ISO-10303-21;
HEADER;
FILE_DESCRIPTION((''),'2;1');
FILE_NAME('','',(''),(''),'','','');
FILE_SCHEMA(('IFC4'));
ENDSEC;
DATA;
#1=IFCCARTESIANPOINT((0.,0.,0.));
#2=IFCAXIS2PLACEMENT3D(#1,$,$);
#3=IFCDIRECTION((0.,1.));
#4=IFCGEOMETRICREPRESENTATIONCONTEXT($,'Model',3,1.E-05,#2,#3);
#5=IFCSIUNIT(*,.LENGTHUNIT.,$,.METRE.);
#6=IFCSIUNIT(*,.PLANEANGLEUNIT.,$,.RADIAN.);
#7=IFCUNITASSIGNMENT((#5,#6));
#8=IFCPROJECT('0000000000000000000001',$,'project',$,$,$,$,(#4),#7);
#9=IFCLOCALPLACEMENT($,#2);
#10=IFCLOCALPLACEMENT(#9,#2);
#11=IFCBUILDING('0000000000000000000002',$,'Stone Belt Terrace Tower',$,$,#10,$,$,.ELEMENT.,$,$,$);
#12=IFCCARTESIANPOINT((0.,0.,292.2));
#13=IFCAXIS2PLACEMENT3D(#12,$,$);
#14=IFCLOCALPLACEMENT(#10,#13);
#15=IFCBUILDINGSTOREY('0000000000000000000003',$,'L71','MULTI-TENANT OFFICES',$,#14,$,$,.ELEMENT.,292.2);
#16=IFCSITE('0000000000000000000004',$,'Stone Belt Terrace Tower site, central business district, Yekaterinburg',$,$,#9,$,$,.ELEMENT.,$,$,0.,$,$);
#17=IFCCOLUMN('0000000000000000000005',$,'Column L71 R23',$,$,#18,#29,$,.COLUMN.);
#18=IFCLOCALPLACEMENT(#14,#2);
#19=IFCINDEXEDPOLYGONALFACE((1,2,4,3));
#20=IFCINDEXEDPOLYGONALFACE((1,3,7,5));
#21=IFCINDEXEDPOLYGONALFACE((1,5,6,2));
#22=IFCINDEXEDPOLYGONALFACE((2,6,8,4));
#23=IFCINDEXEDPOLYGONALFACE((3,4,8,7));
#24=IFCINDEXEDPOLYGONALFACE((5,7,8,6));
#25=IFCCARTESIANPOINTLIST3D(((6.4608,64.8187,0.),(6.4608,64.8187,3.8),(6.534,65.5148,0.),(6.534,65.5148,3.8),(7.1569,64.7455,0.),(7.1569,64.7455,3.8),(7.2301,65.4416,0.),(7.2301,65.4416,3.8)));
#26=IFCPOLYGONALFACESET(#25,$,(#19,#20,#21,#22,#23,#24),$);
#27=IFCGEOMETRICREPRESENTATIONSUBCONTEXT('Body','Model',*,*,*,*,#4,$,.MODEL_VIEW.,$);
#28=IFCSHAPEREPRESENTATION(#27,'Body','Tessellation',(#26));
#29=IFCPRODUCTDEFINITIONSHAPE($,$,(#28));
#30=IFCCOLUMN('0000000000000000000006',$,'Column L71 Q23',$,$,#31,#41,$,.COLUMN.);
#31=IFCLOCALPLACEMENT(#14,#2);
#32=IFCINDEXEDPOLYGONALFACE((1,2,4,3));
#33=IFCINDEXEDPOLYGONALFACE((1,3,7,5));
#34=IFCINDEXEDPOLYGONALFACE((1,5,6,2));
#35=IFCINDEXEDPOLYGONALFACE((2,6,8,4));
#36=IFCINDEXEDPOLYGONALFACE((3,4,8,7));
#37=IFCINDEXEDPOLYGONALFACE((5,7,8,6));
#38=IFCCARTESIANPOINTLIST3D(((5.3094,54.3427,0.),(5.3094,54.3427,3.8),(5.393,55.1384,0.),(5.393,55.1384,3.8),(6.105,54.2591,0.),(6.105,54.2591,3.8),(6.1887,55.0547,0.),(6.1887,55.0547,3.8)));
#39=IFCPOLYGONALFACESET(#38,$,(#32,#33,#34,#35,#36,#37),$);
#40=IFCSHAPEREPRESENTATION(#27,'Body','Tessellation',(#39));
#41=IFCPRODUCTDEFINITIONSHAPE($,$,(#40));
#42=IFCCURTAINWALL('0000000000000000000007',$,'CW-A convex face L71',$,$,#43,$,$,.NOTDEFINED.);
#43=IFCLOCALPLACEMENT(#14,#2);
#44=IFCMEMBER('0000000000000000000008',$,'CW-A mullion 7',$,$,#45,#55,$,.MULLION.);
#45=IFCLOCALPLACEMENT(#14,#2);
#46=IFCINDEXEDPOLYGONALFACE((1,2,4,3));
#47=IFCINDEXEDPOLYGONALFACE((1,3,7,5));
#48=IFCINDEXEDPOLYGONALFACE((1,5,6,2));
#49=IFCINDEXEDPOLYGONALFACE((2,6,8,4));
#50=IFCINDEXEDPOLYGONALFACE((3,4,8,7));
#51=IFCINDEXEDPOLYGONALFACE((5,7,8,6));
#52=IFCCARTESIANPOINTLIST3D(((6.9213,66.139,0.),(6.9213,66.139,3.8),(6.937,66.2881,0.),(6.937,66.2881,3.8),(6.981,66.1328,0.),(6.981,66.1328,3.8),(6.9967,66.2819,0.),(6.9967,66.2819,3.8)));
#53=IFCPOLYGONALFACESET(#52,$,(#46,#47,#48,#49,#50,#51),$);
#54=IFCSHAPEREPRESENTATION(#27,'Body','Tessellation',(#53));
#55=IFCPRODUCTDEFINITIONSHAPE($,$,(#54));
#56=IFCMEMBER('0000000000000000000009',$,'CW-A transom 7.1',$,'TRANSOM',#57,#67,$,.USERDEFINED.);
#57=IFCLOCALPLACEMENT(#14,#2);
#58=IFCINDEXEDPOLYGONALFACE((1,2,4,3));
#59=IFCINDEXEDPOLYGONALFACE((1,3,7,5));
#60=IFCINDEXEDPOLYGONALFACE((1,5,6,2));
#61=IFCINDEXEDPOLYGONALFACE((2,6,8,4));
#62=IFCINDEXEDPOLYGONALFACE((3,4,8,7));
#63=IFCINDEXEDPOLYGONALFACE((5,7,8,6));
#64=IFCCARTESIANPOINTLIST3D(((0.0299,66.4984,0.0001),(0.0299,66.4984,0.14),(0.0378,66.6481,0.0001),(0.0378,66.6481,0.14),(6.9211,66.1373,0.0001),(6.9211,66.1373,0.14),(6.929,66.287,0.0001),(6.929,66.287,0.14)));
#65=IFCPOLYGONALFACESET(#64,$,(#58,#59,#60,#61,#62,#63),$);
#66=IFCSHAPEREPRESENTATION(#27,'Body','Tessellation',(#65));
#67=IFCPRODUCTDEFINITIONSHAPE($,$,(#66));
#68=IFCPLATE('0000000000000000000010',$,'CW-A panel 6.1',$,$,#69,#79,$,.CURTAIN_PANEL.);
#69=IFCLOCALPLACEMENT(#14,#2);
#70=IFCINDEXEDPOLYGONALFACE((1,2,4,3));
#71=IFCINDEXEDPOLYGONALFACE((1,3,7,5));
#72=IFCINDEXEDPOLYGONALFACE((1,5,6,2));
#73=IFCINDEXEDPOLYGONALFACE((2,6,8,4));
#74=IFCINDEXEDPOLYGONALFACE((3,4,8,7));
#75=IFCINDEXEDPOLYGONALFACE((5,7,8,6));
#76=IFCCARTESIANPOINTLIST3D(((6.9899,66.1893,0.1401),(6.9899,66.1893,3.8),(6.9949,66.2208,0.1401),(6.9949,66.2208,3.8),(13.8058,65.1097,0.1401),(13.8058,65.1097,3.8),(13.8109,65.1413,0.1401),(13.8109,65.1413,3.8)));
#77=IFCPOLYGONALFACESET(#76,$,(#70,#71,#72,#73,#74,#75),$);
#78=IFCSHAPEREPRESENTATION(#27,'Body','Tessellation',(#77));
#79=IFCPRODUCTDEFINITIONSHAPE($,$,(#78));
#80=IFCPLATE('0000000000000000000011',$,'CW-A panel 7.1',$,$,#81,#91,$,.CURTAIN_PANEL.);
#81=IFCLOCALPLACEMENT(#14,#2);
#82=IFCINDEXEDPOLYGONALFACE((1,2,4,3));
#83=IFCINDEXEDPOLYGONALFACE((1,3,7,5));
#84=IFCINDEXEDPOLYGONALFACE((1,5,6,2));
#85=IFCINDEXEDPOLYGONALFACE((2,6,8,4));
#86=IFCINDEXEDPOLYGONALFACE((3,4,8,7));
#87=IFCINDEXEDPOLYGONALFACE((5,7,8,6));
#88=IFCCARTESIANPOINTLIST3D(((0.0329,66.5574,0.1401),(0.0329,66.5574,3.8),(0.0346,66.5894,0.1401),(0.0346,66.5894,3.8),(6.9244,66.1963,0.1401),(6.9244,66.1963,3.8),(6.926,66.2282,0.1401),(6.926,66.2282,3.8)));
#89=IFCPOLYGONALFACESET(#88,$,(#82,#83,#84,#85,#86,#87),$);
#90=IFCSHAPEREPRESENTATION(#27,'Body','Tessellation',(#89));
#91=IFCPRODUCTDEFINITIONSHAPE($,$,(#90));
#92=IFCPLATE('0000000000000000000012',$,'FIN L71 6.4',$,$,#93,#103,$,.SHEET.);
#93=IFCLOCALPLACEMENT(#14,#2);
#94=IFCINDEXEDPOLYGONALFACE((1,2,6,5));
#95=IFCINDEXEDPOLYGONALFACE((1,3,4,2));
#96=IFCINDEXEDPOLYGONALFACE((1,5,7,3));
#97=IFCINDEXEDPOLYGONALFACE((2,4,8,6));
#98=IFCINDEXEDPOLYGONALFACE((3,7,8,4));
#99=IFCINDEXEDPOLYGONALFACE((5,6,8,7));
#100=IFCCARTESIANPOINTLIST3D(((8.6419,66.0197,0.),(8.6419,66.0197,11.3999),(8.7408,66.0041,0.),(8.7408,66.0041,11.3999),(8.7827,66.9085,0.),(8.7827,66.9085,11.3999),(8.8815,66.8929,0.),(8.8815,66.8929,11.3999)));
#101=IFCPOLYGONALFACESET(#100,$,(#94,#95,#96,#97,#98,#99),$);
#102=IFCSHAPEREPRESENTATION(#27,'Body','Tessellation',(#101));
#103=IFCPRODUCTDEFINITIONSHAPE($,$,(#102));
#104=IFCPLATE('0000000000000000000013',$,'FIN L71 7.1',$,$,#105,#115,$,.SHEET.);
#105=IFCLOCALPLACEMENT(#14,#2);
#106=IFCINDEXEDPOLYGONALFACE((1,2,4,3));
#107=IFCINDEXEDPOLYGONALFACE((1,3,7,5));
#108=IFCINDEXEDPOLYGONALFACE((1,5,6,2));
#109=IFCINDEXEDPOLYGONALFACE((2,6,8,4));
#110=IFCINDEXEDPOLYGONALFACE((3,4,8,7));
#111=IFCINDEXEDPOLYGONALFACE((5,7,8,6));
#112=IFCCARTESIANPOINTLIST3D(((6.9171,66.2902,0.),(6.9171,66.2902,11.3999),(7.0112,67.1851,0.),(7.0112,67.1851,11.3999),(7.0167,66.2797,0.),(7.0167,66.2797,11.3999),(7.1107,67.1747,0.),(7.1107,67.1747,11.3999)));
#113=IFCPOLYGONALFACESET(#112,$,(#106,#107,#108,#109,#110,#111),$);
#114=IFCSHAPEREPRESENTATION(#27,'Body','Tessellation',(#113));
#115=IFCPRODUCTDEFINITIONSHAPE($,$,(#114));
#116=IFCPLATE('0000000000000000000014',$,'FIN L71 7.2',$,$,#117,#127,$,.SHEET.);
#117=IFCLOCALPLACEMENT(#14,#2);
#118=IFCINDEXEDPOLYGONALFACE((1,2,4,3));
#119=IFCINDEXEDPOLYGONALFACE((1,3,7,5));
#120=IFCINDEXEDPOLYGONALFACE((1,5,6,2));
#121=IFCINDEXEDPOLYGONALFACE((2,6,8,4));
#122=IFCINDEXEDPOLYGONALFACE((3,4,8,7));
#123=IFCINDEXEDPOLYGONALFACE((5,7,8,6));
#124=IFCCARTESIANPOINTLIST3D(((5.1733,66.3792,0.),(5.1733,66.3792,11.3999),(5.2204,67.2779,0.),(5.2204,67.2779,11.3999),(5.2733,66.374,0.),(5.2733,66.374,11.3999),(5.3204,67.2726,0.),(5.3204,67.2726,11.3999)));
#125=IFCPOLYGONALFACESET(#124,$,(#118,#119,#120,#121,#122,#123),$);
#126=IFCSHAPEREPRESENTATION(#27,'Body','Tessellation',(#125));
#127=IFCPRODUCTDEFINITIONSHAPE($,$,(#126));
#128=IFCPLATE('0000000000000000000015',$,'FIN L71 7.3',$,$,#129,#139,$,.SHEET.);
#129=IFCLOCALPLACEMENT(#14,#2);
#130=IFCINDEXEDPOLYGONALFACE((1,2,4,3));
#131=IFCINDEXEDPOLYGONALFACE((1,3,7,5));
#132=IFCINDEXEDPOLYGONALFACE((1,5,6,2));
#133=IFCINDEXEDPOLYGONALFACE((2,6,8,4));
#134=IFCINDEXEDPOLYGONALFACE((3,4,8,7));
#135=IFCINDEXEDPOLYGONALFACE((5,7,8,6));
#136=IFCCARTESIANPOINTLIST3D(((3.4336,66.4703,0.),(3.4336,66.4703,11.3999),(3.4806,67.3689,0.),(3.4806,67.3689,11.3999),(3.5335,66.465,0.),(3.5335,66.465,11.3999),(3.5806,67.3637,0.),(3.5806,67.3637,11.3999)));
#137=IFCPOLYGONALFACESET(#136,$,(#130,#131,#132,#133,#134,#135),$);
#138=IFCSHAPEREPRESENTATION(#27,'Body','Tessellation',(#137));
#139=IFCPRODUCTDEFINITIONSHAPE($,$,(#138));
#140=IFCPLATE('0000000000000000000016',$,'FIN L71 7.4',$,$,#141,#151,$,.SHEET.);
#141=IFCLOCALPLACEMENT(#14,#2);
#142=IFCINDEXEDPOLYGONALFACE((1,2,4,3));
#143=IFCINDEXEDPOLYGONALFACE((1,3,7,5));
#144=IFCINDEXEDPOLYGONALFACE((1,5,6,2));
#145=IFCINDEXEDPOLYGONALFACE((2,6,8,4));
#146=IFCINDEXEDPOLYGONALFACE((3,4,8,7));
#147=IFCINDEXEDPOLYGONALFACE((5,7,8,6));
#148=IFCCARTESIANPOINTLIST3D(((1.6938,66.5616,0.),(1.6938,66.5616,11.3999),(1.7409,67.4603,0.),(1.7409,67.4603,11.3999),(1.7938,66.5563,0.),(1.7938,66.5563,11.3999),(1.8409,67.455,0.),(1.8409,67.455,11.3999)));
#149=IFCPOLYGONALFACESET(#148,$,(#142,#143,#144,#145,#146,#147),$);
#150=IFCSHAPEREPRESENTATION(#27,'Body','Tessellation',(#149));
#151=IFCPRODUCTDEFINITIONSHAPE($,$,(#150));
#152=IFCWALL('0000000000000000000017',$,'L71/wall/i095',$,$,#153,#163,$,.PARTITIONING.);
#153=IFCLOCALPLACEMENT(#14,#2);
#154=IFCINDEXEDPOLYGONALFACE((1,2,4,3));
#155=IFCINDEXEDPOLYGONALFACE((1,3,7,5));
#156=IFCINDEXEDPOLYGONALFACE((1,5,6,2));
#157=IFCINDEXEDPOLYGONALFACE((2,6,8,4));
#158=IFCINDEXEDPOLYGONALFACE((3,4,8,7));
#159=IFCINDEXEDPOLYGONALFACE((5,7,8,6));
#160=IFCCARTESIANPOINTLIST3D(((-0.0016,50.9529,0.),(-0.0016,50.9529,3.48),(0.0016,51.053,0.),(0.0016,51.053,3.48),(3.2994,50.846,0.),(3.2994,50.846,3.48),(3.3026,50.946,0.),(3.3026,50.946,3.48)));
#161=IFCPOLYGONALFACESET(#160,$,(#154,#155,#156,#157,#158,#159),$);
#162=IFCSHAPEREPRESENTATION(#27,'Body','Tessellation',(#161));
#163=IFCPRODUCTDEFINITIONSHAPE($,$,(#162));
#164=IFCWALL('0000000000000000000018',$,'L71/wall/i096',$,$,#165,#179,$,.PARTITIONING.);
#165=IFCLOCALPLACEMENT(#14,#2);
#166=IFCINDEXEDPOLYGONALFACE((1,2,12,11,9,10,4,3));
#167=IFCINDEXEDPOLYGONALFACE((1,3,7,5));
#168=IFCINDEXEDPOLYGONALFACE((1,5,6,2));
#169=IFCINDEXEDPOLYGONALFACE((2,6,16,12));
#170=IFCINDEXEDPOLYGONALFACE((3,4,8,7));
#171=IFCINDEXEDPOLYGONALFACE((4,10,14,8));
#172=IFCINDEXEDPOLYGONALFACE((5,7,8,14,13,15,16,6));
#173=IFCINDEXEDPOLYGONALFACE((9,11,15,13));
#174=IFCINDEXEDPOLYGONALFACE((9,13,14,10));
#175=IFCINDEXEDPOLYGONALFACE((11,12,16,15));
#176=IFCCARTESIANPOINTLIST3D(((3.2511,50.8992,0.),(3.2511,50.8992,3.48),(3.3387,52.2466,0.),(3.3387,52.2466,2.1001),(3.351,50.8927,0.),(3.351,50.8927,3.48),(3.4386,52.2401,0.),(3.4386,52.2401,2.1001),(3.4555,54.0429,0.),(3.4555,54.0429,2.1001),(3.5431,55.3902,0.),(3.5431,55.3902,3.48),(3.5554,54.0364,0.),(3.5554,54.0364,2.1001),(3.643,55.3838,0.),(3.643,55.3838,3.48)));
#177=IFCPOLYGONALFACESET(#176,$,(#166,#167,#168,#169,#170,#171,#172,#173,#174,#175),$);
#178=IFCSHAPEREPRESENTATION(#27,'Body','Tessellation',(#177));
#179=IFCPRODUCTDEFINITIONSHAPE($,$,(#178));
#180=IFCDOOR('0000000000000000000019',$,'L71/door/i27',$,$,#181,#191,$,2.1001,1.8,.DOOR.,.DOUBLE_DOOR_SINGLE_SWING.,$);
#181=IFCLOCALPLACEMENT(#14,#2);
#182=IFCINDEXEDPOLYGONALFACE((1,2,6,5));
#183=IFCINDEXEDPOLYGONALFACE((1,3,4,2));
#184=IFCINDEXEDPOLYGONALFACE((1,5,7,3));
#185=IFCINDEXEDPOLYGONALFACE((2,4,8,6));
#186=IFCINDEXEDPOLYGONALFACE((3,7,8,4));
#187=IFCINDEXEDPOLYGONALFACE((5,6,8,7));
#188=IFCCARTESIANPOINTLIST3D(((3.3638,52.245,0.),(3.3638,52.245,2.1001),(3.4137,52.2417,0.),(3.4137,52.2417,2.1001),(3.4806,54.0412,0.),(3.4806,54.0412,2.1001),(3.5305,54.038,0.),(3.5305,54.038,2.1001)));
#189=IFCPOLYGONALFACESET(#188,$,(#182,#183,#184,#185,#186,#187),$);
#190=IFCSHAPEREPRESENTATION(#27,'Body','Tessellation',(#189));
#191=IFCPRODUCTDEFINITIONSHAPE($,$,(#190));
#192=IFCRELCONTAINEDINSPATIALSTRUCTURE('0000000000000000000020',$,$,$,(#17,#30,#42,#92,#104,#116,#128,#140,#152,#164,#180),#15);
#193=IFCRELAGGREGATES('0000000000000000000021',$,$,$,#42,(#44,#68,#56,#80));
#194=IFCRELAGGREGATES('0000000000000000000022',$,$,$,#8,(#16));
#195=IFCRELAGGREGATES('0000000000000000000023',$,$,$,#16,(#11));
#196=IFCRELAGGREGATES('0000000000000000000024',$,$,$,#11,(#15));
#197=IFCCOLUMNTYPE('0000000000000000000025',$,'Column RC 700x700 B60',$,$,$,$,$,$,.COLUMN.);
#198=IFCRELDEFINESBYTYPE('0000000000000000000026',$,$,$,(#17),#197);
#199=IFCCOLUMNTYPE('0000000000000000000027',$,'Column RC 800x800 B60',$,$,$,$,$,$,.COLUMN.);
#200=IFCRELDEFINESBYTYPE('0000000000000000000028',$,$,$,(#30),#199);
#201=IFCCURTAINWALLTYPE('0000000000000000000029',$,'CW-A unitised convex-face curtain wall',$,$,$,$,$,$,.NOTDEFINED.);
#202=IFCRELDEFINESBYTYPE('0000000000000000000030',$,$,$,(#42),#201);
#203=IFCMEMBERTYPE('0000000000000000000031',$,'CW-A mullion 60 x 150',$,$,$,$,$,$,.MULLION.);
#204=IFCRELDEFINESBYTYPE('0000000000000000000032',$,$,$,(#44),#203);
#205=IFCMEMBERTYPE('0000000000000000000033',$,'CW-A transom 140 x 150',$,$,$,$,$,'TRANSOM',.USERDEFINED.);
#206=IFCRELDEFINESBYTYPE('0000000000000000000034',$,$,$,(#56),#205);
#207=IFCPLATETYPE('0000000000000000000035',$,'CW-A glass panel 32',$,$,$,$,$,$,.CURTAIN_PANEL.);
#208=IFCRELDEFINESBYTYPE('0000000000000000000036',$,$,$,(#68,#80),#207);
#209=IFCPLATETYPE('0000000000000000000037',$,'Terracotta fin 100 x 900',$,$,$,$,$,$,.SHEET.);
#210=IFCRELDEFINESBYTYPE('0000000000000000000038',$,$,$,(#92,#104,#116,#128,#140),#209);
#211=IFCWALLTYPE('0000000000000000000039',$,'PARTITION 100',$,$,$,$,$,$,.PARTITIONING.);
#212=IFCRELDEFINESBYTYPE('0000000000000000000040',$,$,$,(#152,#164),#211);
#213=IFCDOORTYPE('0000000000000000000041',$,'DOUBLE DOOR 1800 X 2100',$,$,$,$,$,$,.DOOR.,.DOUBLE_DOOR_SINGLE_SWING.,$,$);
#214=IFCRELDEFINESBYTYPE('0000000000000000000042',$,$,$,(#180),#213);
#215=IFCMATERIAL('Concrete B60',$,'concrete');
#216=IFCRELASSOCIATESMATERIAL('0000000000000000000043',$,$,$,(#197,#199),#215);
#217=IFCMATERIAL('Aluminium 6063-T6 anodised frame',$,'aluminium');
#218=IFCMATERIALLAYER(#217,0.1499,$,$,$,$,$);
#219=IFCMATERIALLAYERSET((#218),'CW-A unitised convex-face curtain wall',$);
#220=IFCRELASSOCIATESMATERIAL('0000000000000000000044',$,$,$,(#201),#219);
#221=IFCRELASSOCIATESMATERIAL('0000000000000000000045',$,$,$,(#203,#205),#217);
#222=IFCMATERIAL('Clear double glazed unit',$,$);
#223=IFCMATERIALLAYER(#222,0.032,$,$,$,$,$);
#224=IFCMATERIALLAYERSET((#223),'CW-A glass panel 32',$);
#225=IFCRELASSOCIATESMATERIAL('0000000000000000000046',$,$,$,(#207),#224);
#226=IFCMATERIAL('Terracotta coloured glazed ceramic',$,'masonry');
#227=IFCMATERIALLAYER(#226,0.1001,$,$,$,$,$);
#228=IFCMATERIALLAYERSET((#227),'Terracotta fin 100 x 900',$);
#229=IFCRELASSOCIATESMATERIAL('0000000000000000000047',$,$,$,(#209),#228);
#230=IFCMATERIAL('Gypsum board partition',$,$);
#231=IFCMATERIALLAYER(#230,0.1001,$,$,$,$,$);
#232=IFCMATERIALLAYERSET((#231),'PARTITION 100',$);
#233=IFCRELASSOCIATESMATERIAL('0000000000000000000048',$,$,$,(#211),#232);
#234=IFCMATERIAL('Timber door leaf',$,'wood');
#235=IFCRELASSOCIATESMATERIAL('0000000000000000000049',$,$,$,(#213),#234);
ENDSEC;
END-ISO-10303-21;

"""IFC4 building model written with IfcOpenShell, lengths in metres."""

from ifc_helpers import new_model, si_unit, direction, frame, frame_2d, origin, origin_2d, place, context, subcontext, project, spatial, rectangle, extrude, material, layer, layer_set, material_profile, profile_set, type_object, element, fill, aggregate, save


model = new_model("IFC4")

# Units and contexts
model_context = context("Model", 3, precision=1e-05, world=origin(), true_north=direction((0.0, 1.0)))
body_context = subcontext(model_context, "Body", "Model", "MODEL_VIEW")
ifc_project = project(units=[si_unit("LENGTHUNIT", "METRE"), si_unit("PLANEANGLEUNIT", "RADIAN")], contexts=[model_context])

# Site, building, storey
site_placement = place(None, origin())
site = spatial("IfcSite", under=ifc_project, at=site_placement, Name="Stone Belt Terrace Tower site, central business district, Yekaterinburg", CompositionType="ELEMENT", RefElevation=0.0)
building_placement = place(site_placement, origin())
building = spatial("IfcBuilding", under=site, at=building_placement, Name="Stone Belt Terrace Tower", CompositionType="ELEMENT")
storey_placement = place(building_placement, frame((0.0, 0.0, 292.2)))
storey = spatial("IfcBuildingStorey", under=building, at=storey_placement, Name="L71", Description="MULTI-TENANT OFFICES", CompositionType="ELEMENT", Elevation=292.2)

# Columns
ifc_material_1 = material(Name="Concrete B60", Category="concrete")
ifc_material_profile_1 = material_profile(ifc_material_1, rectangle(XDim=0.7, YDim=0.7, at=origin_2d()), Name="RC 700x700")
ifc_profile_set_1 = profile_set([ifc_material_profile_1], Name="Concrete B60")
column_type_1 = type_object("IfcColumnType", Name="Column RC 700x700 B60", PredefinedType="COLUMN", material=ifc_profile_set_1)
column_1_placement = place(storey_placement, frame((6.8455, 65.1301, 0.0), z_axis=(0.0, 0.0, 1.0), x_axis=(0.994522, -0.104528, 0.0)))
element("IfcColumn", 1, at=column_1_placement, inside=storey, type_object=column_type_1, Name="Column L71 R23", PredefinedType="COLUMN", context=body_context, shape_type="SweptSolid", body=[
    extrude(rectangle(XDim=0.7, YDim=0.7, at=origin_2d()), origin(), (0.0, 0.0, 1.0), 3.8),
])
ifc_material_profile_2 = material_profile(ifc_material_1, rectangle(XDim=0.8, YDim=0.8, at=origin_2d()), Name="RC 800x800")
ifc_profile_set_2 = profile_set([ifc_material_profile_2], Name="Concrete B60")
column_type_2 = type_object("IfcColumnType", Name="Column RC 800x800 B60", PredefinedType="COLUMN", material=ifc_profile_set_2)
column_2_placement = place(storey_placement, frame((5.749, 54.6987, 0.0), z_axis=(0.0, 0.0, 1.0), x_axis=(0.994522, -0.104528, 0.0)))
element("IfcColumn", 2, at=column_2_placement, inside=storey, type_object=column_type_2, Name="Column L71 Q23", PredefinedType="COLUMN", context=body_context, shape_type="SweptSolid", body=[
    extrude(rectangle(XDim=0.8, YDim=0.8, at=origin_2d()), origin(), (0.0, 0.0, 1.0), 3.8),
])

# Curtain wall, members, plates
ifc_material_2 = material(Name="Aluminium 6063-T6 anodised frame", Category="aluminium")
ifc_layer_1 = layer(ifc_material_2, 0.1499)
ifc_layer_set_1 = layer_set([ifc_layer_1], Name="CW-A unitised convex-face curtain wall")
curtain_wall_type = type_object("IfcCurtainWallType", Name="CW-A unitised convex-face curtain wall", PredefinedType="NOTDEFINED", material=ifc_layer_set_1)
curtain_wall_placement = place(storey_placement, origin())
curtain_wall = element("IfcCurtainWall", 3, at=curtain_wall_placement, inside=storey, type_object=curtain_wall_type, Name="CW-A convex face L71", PredefinedType="NOTDEFINED")
ifc_material_profile_3 = material_profile(ifc_material_2, rectangle(XDim=0.1499, YDim=0.0601, at=origin_2d()), Name="Aluminium 6063-T6 60x150")
ifc_profile_set_3 = profile_set([ifc_material_profile_3], Name="Aluminium 6063-T6 anodised frame")
member_type_1 = type_object("IfcMemberType", Name="CW-A mullion 60 x 150", PredefinedType="MULLION", material=ifc_profile_set_3)
member_1_placement = place(storey_placement, frame((6.959, 66.2104, 0.0), z_axis=(0.0, 0.0, 1.0), x_axis=(-0.104528, -0.994522, 0.0)))
member_1 = element("IfcMember", 4, at=member_1_placement, type_object=member_type_1, Name="CW-A mullion 7", PredefinedType="MULLION", context=body_context, shape_type="SweptSolid", body=[
    extrude(rectangle(XDim=0.1499, YDim=0.0601, at=origin_2d()), origin(), (0.0, 0.0, 1.0), 3.8),
])
ifc_material_profile_4 = material_profile(ifc_material_2, rectangle(XDim=0.1499, YDim=0.1399, at=origin_2d()), Name="Aluminium 6063-T6 150x140")
ifc_profile_set_4 = profile_set([ifc_material_profile_4], Name="Aluminium 6063-T6 anodised frame")
member_type_2 = type_object("IfcMemberType", Name="CW-A transom 140 x 150", ElementType="TRANSOM", PredefinedType="USERDEFINED", material=ifc_profile_set_4)
member_2_placement = place(storey_placement, frame((6.925, 66.2122, 0.0701), z_axis=(-0.99863, 0.052327, 0.0), x_axis=(-0.052327, -0.99863, 0.0)))
member_2 = element("IfcMember", 5, at=member_2_placement, type_object=member_type_2, Name="CW-A transom 7.1", ObjectType="TRANSOM", PredefinedType="USERDEFINED", context=body_context, shape_type="SweptSolid", body=[
    extrude(rectangle(XDim=0.1499, YDim=0.1399, at=origin_2d()), origin(), (0.0, 0.0, 1.0), 6.9006),
])
ifc_material_3 = material(Name="Clear double glazed unit")
ifc_layer_2 = layer(ifc_material_3, 0.032)
ifc_layer_set_2 = layer_set([ifc_layer_2], Name="CW-A glass panel 32")
plate_type_1 = type_object("IfcPlateType", Name="CW-A glass panel 32", PredefinedType="CURTAIN_PANEL", material=ifc_layer_set_2)
plate_1_placement = place(storey_placement, frame((10.4004, 65.6653, 0.1401), z_axis=(0.0, 0.0, 1.0), x_axis=(-0.987688, 0.156434, 0.0)))
plate_1 = element("IfcPlate", 6, at=plate_1_placement, type_object=plate_type_1, Name="CW-A panel 6.1", PredefinedType="CURTAIN_PANEL", context=body_context, shape_type="SweptSolid", body=[
    extrude(rectangle(XDim=6.9009, YDim=0.032, at=origin_2d()), origin(), (0.0, 0.0, 1.0), 3.6599),
])
plate_2_placement = place(storey_placement, frame((3.4795, 66.3928, 0.1401), z_axis=(0.0, 0.0, 1.0), x_axis=(-0.99863, 0.052336, 0.0)))
plate_2 = element("IfcPlate", 7, at=plate_2_placement, type_object=plate_type_1, Name="CW-A panel 7.1", PredefinedType="CURTAIN_PANEL", context=body_context, shape_type="SweptSolid", body=[
    extrude(rectangle(XDim=6.9009, YDim=0.032, at=origin_2d()), origin(), (0.0, 0.0, 1.0), 3.6599),
])
aggregate(curtain_wall, [member_1, plate_1, member_2, plate_2])

# Plates
ifc_material_4 = material(Name="Terracotta coloured glazed ceramic", Category="masonry")
ifc_layer_3 = layer(ifc_material_4, 0.1001)
ifc_layer_set_3 = layer_set([ifc_layer_3], Name="Terracotta fin 100 x 900")
plate_type_2 = type_object("IfcPlateType", Name="Terracotta fin 100 x 900", PredefinedType="SHEET", material=ifc_layer_set_3)
for number, where, z_axis, x_axis, name in (
    (8, (8.7617, 66.4563, 0.0), (0.0, 0.0, 1.0), (0.156434, 0.987688, 0.0), "FIN L71 6.4"),
    (9, (7.0139, 66.7324, 0.0), (0.0, 0.0, 1.0), (0.104528, 0.994522, 0.0), "FIN L71 7.1"),
    (10, (5.2468, 66.8259, 0.0), (0.0, 0.0, 1.0), (0.052336, 0.99863, 0.0), "FIN L71 7.2"),
    (11, (3.5071, 66.917, 0.0), (0.0, 0.0, 1.0), (0.052336, 0.99863, 0.0), "FIN L71 7.3"),
    (12, (1.7673, 67.0083, 0.0), (0.0, 0.0, 1.0), (0.052336, 0.99863, 0.0), "FIN L71 7.4"),
):
    element("IfcPlate", number, at=place(storey_placement, frame(where, z_axis=z_axis, x_axis=x_axis)), inside=storey, type_object=plate_type_2, Name=name, PredefinedType="SHEET", context=body_context, shape_type="SweptSolid", body=[
        extrude(rectangle(XDim=0.8999, YDim=0.1001, at=origin_2d()), origin(), (0.0, 0.0, 1.0), 11.3999),
    ])

# Wall
ifc_material_5 = material(Name="Gypsum board partition")
ifc_layer_4 = layer(ifc_material_5, 0.1001)
ifc_layer_set_4 = layer_set([ifc_layer_4], Name="PARTITION 100")
wall_type_1 = type_object("IfcWallType", Name="PARTITION 100", PredefinedType="PARTITIONING", material=ifc_layer_set_4)
wall_1_placement = place(storey_placement, frame((0.0, 51.0029, 0.0), z_axis=(0.0, 0.0, 1.0), x_axis=(0.999476, -0.032377, 0.0)))
element("IfcWall", 13, at=wall_1_placement, inside=storey, type_object=wall_type_1, Name="L71/wall/i095", PredefinedType="PARTITIONING", context=body_context, shape_type="SweptSolid", body=[
    extrude(rectangle(XDim=3.3027, YDim=0.1001, at=frame_2d((1.6514, 0.0))), origin(), (0.0, 0.0, 1.0), 3.48),
])

# Wall, opening, door
wall_2_placement = place(storey_placement, frame((3.301, 50.896, 0.0), z_axis=(0.0, 0.0, 1.0), x_axis=(0.064881, 0.997893, 0.0)))
wall_2 = element("IfcWall", 14, at=wall_2_placement, inside=storey, type_object=wall_type_1, Name="L71/wall/i096", PredefinedType="PARTITIONING", context=body_context, shape_type="SweptSolid", body=[
    extrude(rectangle(XDim=4.5005, YDim=0.1001, at=frame_2d((2.2502, 0.0))), origin(), (0.0, 0.0, 1.0), 3.48),
])
opening_1_placement = place(wall_2_placement, frame((1.3503, 0.0, 0.0)))
opening_1 = element("IfcOpeningElement", 15, at=opening_1_placement, cuts=wall_2, PredefinedType="OPENING", context=body_context, shape_type="SweptSolid", body=[
    extrude(rectangle(XDim=1.8, YDim=2.1001, at=frame_2d((0.8999, 1.05))), frame((0.0, 0.0601, 0.0), z_axis=(0.0, -1.0, 0.0), x_axis=(1.0, 0.0, 0.0)), (0.0, 0.0, 1.0), 0.1201),
])
ifc_material_6 = material(Name="Timber door leaf", Category="wood")
door_type_1 = type_object("IfcDoorType", Name="DOUBLE DOOR 1800 X 2100", OperationType="DOUBLE_DOOR_SINGLE_SWING", PredefinedType="DOOR", material=ifc_material_6)
door_1_placement = place(opening_1_placement, origin())
door_1 = element("IfcDoor", 16, at=door_1_placement, inside=storey, type_object=door_type_1, Name="L71/door/i27", OperationType="DOUBLE_DOOR_SINGLE_SWING", OverallHeight=2.1001, OverallWidth=1.8, PredefinedType="DOOR", context=body_context, shape_type="SweptSolid", body=[
    extrude(rectangle(XDim=1.8, YDim=2.1001, at=frame_2d((0.8999, 1.05))), frame((0.0, 0.0249, 0.0), z_axis=(0.0, -1.0, 0.0), x_axis=(1.0, 0.0, 0.0)), (0.0, 0.0, 1.0), 0.05),
])
fill(opening_1, door_1)

save(model, "model.ifc")
